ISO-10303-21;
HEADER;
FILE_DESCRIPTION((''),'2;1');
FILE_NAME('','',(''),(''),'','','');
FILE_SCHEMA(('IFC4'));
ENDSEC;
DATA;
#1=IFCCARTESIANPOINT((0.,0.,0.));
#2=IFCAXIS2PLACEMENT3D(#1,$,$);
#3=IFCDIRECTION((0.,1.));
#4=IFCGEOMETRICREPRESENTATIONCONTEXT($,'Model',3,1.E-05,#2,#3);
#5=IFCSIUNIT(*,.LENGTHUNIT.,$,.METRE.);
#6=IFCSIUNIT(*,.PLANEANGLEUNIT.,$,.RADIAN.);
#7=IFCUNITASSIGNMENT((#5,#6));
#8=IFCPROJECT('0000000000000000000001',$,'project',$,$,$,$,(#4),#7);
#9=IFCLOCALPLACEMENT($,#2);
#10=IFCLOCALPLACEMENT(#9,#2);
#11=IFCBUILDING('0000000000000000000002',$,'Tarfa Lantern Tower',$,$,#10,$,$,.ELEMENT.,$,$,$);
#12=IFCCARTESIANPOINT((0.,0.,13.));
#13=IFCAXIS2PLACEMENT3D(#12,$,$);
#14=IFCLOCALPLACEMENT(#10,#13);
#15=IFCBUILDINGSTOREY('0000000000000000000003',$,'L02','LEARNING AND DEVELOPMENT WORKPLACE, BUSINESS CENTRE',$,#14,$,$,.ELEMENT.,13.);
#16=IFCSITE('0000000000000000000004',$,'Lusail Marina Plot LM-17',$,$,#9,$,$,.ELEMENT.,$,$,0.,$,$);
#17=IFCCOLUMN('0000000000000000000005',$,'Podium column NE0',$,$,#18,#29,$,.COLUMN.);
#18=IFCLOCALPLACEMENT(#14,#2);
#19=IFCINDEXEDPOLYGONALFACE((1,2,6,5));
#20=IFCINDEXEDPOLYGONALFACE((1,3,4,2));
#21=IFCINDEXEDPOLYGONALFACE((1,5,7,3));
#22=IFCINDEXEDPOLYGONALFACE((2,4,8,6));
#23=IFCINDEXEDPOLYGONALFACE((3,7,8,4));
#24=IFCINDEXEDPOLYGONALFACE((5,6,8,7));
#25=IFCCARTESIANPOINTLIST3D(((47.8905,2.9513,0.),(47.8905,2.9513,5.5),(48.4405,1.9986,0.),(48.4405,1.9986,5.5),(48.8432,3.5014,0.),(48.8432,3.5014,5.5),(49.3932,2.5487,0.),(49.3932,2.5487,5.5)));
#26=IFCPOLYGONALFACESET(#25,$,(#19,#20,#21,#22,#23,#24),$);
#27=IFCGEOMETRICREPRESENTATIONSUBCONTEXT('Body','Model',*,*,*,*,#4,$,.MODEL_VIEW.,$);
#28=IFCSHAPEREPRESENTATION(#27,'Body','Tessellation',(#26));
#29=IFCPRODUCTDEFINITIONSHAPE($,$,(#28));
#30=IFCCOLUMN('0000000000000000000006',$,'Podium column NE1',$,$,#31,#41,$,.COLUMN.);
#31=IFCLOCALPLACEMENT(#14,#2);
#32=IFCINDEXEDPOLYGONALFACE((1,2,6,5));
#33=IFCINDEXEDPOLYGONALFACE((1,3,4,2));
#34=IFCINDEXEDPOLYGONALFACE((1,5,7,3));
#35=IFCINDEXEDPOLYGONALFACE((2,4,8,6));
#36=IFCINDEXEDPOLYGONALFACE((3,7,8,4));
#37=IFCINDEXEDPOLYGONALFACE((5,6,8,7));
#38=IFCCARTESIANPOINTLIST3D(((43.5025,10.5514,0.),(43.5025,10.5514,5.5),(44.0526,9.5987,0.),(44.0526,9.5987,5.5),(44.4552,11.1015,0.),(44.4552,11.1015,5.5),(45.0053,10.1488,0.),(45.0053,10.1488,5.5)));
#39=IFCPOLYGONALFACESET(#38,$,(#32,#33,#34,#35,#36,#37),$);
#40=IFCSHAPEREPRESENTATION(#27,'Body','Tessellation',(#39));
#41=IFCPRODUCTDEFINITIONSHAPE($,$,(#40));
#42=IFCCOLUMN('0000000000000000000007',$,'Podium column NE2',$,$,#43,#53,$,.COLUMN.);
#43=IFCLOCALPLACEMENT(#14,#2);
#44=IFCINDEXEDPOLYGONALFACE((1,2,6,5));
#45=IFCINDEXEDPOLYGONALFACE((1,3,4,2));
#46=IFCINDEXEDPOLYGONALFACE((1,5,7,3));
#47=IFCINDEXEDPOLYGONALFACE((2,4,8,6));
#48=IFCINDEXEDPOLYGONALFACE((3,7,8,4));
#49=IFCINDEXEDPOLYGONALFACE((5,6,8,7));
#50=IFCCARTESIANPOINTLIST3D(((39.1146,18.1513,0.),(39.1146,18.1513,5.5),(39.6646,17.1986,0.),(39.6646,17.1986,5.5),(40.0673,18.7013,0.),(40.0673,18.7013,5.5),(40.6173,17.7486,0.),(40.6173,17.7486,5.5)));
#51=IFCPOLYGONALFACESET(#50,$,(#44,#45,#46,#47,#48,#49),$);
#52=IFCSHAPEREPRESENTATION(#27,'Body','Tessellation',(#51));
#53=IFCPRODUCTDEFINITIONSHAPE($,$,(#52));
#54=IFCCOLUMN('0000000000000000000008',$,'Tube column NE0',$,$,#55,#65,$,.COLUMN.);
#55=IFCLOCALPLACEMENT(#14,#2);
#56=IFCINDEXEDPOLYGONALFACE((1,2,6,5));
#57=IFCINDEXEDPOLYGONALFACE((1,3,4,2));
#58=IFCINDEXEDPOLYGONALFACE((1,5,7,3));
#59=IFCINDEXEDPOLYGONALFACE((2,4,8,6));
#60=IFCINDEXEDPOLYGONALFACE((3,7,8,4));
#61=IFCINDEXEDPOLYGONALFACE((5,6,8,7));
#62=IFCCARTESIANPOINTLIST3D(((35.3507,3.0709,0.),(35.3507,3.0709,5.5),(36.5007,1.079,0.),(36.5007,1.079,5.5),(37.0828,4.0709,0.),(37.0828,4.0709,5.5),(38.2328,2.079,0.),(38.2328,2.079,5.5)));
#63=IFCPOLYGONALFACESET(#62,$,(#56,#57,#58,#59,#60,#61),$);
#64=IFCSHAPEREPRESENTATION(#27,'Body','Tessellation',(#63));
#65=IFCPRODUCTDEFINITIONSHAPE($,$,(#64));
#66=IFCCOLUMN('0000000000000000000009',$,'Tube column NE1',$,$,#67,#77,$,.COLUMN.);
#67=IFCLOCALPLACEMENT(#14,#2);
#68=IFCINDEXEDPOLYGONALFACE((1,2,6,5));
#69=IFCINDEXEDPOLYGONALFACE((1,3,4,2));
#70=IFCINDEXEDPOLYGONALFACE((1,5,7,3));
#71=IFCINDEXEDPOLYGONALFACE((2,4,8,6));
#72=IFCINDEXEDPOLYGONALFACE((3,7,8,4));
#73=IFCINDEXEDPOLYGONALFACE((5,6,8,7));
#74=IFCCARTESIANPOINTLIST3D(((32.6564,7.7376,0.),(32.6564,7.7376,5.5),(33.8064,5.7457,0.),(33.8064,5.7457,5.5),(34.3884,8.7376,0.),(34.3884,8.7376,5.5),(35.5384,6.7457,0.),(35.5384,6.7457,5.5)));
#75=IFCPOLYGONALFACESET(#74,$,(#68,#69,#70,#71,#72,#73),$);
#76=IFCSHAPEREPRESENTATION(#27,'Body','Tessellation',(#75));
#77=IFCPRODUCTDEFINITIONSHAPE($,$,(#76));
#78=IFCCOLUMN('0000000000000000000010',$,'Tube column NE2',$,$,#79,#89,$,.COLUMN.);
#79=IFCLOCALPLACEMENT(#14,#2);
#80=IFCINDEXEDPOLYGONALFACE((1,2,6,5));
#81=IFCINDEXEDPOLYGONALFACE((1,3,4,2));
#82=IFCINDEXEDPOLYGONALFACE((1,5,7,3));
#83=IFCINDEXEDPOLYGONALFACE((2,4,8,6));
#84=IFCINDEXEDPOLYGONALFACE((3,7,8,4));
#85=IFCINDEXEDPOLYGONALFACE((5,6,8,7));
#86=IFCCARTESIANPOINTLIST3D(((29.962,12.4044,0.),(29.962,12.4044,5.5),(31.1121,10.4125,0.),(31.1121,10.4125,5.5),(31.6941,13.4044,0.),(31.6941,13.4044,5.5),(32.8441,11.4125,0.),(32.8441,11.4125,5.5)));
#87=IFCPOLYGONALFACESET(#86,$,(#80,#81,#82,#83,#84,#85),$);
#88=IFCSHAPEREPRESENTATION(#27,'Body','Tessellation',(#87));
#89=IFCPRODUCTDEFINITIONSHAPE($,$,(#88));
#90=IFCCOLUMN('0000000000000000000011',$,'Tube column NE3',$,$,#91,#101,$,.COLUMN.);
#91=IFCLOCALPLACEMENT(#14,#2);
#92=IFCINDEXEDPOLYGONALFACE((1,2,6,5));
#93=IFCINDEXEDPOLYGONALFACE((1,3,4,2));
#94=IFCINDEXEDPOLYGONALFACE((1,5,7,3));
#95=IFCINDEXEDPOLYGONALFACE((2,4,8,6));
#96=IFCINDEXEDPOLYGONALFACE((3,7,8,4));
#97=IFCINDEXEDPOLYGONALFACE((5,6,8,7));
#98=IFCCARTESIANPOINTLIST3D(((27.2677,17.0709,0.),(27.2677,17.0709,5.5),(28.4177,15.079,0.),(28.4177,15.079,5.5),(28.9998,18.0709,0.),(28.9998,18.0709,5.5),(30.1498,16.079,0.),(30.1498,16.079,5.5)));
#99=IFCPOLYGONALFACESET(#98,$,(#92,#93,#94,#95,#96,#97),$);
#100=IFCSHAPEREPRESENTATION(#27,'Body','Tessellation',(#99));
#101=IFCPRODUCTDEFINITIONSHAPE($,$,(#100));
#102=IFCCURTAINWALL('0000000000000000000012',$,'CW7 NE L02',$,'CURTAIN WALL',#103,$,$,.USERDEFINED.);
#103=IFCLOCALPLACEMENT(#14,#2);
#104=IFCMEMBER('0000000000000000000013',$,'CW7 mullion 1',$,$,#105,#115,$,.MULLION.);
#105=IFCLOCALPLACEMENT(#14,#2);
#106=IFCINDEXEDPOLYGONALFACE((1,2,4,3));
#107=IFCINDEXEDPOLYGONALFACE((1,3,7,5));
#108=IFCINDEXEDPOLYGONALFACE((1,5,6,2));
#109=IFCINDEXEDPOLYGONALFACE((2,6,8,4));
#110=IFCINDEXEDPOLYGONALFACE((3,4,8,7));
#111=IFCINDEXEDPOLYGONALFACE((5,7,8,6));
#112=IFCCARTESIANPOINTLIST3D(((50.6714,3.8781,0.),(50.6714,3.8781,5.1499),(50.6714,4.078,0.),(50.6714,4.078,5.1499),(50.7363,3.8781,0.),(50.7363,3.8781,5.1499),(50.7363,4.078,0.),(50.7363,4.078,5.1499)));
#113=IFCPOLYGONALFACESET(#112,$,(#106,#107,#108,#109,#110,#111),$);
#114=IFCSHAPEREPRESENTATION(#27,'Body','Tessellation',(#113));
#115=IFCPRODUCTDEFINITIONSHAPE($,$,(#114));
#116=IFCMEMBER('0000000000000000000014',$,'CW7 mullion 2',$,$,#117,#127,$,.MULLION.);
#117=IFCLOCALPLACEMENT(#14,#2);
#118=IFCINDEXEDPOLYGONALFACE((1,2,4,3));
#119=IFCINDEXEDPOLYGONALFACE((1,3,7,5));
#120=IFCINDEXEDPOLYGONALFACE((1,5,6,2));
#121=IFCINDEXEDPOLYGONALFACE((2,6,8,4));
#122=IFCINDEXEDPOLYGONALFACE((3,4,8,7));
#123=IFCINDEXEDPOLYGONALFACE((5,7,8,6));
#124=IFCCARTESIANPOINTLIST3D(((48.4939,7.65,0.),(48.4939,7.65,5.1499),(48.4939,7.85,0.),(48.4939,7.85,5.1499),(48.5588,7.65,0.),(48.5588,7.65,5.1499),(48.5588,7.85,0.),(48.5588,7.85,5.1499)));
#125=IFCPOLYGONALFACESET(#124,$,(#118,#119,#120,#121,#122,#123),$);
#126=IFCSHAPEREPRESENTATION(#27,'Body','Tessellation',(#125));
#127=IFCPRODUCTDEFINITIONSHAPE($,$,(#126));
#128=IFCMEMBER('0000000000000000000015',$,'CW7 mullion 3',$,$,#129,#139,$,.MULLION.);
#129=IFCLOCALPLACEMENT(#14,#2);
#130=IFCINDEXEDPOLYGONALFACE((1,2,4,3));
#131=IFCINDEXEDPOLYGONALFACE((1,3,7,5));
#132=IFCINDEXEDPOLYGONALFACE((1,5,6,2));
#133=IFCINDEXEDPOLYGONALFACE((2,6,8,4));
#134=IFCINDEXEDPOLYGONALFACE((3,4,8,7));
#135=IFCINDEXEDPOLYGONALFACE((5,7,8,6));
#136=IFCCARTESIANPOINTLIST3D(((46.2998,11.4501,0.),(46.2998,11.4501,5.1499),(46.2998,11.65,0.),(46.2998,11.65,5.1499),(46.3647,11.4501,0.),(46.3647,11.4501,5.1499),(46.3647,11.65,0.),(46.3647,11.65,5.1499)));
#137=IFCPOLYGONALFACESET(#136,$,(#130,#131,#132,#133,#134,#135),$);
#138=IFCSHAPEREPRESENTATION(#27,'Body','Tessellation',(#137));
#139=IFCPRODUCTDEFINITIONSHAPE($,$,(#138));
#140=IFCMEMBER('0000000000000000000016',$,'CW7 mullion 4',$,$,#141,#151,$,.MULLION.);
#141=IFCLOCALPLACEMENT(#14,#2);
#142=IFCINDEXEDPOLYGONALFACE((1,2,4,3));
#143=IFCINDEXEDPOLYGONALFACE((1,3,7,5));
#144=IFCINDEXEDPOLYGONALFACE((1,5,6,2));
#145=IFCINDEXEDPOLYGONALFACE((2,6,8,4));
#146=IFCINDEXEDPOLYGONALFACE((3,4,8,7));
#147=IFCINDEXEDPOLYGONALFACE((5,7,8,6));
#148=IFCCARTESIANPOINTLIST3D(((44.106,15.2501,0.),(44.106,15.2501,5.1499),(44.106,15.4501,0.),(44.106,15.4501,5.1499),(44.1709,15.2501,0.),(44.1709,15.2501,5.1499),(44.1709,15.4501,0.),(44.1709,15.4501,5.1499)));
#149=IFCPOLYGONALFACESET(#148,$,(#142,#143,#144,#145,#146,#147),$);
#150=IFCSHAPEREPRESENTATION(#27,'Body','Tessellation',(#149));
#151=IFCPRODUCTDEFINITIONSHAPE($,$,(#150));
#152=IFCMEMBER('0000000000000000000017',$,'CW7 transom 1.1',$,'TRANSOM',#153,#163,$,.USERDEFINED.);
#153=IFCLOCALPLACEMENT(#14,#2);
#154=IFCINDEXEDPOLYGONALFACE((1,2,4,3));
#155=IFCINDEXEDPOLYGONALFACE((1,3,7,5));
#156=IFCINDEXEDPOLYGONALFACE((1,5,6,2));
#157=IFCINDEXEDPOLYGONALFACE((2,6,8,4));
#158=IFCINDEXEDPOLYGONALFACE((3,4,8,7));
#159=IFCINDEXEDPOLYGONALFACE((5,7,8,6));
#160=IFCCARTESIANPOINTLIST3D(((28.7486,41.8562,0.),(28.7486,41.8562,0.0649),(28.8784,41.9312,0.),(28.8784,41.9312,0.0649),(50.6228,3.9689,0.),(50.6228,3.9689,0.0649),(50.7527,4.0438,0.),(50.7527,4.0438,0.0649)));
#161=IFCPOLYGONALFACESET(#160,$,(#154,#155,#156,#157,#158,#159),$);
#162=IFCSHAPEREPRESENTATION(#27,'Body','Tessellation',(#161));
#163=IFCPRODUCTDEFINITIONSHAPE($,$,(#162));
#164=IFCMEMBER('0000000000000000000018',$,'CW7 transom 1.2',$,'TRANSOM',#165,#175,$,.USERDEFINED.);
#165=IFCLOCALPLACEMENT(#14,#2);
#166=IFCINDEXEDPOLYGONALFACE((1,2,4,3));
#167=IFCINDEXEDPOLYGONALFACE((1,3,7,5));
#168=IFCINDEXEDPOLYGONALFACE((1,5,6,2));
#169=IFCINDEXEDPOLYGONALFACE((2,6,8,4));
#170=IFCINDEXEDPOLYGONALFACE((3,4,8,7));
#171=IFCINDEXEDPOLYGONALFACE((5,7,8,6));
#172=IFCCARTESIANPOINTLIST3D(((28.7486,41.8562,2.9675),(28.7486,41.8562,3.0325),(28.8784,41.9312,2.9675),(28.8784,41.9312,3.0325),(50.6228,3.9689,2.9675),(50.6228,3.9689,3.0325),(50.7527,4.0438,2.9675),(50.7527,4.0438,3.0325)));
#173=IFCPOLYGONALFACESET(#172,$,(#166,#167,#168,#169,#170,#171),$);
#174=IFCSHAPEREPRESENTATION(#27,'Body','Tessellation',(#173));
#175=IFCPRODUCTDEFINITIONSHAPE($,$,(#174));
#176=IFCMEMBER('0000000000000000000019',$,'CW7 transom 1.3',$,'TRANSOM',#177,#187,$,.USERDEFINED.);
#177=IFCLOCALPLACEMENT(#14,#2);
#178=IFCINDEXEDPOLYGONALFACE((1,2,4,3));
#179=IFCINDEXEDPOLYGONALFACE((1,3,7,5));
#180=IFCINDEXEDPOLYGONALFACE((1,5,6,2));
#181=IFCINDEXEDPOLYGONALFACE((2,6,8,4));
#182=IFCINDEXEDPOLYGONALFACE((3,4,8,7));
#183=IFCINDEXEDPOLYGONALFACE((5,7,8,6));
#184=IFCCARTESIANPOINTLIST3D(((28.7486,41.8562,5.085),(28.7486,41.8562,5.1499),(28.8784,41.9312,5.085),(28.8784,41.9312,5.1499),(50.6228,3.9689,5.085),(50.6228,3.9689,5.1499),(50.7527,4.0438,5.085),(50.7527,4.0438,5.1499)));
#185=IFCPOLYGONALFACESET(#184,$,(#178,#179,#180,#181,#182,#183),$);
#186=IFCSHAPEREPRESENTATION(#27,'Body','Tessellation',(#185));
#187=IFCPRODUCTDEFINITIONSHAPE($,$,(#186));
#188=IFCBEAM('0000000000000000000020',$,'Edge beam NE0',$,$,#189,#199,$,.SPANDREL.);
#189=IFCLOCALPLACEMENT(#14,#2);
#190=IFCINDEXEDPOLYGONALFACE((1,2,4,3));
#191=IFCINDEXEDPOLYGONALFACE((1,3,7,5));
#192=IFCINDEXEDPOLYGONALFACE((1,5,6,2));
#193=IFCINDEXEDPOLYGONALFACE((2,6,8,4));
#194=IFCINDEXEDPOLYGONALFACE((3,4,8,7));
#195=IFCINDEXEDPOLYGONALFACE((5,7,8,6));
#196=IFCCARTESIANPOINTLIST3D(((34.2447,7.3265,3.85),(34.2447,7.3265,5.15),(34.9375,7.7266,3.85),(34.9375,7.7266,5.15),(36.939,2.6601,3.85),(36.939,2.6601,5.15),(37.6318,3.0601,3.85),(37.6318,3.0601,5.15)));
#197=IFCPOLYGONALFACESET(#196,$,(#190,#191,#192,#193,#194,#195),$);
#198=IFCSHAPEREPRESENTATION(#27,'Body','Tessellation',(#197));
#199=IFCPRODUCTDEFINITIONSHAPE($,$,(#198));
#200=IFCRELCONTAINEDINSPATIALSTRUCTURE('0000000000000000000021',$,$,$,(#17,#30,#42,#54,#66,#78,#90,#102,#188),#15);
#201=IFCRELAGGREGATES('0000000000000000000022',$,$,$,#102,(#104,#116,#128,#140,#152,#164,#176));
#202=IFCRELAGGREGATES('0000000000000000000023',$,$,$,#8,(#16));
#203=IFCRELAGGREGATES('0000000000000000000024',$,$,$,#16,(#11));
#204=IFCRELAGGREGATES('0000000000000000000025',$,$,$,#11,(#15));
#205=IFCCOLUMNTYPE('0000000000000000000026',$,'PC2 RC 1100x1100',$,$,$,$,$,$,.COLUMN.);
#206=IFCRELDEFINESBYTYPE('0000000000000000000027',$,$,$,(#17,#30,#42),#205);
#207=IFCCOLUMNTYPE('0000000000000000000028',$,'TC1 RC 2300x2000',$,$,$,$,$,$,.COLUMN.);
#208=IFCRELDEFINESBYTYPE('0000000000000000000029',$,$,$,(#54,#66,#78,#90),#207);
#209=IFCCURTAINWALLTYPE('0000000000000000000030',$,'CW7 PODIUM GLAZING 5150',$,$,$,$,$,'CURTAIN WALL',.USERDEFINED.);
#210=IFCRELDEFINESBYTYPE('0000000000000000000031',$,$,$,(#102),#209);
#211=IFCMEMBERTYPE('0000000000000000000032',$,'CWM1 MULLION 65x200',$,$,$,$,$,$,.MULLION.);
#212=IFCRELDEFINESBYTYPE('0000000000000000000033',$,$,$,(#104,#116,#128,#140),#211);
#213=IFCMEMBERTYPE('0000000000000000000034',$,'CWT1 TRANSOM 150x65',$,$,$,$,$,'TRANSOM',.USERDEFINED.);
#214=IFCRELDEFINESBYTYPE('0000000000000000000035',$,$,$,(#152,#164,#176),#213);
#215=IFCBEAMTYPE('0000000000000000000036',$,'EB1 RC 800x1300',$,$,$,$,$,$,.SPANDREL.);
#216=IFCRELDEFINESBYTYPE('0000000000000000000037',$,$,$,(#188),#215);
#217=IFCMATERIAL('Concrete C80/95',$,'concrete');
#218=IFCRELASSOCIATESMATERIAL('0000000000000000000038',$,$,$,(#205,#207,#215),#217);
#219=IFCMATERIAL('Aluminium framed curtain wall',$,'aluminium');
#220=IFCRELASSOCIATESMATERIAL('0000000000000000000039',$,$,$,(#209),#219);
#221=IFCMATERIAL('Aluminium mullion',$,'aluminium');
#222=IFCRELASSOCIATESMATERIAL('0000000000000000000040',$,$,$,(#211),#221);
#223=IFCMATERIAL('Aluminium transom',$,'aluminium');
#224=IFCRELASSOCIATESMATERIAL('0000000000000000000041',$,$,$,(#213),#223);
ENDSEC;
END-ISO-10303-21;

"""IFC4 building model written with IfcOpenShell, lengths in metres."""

from ifc_helpers import new_model, si_unit, direction, frame, origin, origin_2d, place, context, subcontext, project, spatial, rectangle, extrude, material, material_profile, profile_set, type_object, element, aggregate, save


model = new_model("IFC4")

# Units and contexts
model_context = context("Model", 3, precision=1e-05, world=origin(), true_north=direction((0.0, 1.0)))
body_context = subcontext(model_context, "Body", "Model", "MODEL_VIEW")
ifc_project = project(units=[si_unit("LENGTHUNIT", "METRE"), si_unit("PLANEANGLEUNIT", "RADIAN")], contexts=[model_context])

# Site, building, storey
site_placement = place(None, origin())
site = spatial("IfcSite", under=ifc_project, at=site_placement, Name="Lusail Marina Plot LM-17", CompositionType="ELEMENT", RefElevation=0.0)
building_placement = place(site_placement, origin())
building = spatial("IfcBuilding", under=site, at=building_placement, Name="Tarfa Lantern Tower", CompositionType="ELEMENT")
storey_placement = place(building_placement, frame((0.0, 0.0, 13.0)))
storey = spatial("IfcBuildingStorey", under=building, at=storey_placement, Name="L02", Description="LEARNING AND DEVELOPMENT WORKPLACE, BUSINESS CENTRE", CompositionType="ELEMENT", Elevation=13.0)

# Columns
ifc_material_1 = material(Name="Concrete C80/95", Category="concrete")
ifc_material_profile_1 = material_profile(ifc_material_1, rectangle(XDim=1.1001, YDim=1.1001, at=origin_2d()), Name="RC 1100x1100")
ifc_profile_set_1 = profile_set([ifc_material_profile_1], Name="Concrete C80/95")
column_type_1 = type_object("IfcColumnType", Name="PC2 RC 1100x1100", PredefinedType="COLUMN", material=ifc_profile_set_1)
for number, where, z_axis, x_axis, name in (
    (1, (48.6418, 2.75, 0.0), (0.0, 0.0, 1.0), (-0.5, 0.866025, 0.0), "Podium column NE0"),
    (2, (44.2539, 10.3501, 0.0), (0.0, 0.0, 1.0), (-0.5, 0.866025, 0.0), "Podium column NE1"),
    (3, (39.866, 17.95, 0.0), (0.0, 0.0, 1.0), (-0.5, 0.866025, 0.0), "Podium column NE2"),
):
    element("IfcColumn", number, at=place(storey_placement, frame(where, z_axis=z_axis, x_axis=x_axis)), inside=storey, type_object=column_type_1, Name=name, PredefinedType="COLUMN", context=body_context, shape_type="SweptSolid", body=[
        extrude(rectangle(XDim=1.1001, YDim=1.1001, at=origin_2d()), origin(), (0.0, 0.0, 1.0), 5.5),
    ])
ifc_material_profile_2 = material_profile(ifc_material_1, rectangle(XDim=2.3, YDim=2.0, at=origin_2d()), Name="RC 2300x2000")
ifc_profile_set_2 = profile_set([ifc_material_profile_2], Name="Concrete C80/95")
column_type_2 = type_object("IfcColumnType", Name="TC1 RC 2300x2000", PredefinedType="COLUMN", material=ifc_profile_set_2)
for number, where, z_axis, x_axis, name in (
    (4, (36.7917, 2.575, 0.0), (0.0, 0.0, 1.0), (-0.5, 0.866025, 0.0), "Tube column NE0"),
    (5, (34.0974, 7.2417, 0.0), (0.0, 0.0, 1.0), (-0.5, 0.866025, 0.0), "Tube column NE1"),
    (6, (31.4031, 11.9084, 0.0), (0.0, 0.0, 1.0), (-0.5, 0.866025, 0.0), "Tube column NE2"),
    (7, (28.7087, 16.575, 0.0), (0.0, 0.0, 1.0), (-0.5, 0.866025, 0.0), "Tube column NE3"),
):
    element("IfcColumn", number, at=place(storey_placement, frame(where, z_axis=z_axis, x_axis=x_axis)), inside=storey, type_object=column_type_2, Name=name, PredefinedType="COLUMN", context=body_context, shape_type="SweptSolid", body=[
        extrude(rectangle(XDim=2.3, YDim=2.0, at=origin_2d()), origin(), (0.0, 0.0, 1.0), 5.5),
    ])

# Curtain wall, members
ifc_material_2 = material(Name="Aluminium framed curtain wall", Category="aluminium")
curtain_wall_type = type_object("IfcCurtainWallType", Name="CW7 PODIUM GLAZING 5150", ElementType="CURTAIN WALL", PredefinedType="USERDEFINED", material=ifc_material_2)
curtain_wall_placement = place(storey_placement, origin())
curtain_wall = element("IfcCurtainWall", 8, at=curtain_wall_placement, inside=storey, type_object=curtain_wall_type, Name="CW7 NE L02", ObjectType="CURTAIN WALL", PredefinedType="USERDEFINED")
ifc_material_3 = material(Name="Aluminium mullion", Category="aluminium")
ifc_material_profile_3 = material_profile(ifc_material_3, rectangle(XDim=0.0649, YDim=0.2, at=origin_2d()), Name="AL MULLION 65x200")
ifc_profile_set_3 = profile_set([ifc_material_profile_3], Name="Aluminium mullion")
member_type_1 = type_object("IfcMemberType", Name="CWM1 MULLION 65x200", PredefinedType="MULLION", material=ifc_profile_set_3)
member_1_placement = place(storey_placement, frame((50.7039, 3.978, 0.0), z_axis=(0.0, 0.0, 1.0), x_axis=(1.0, 0.0, 0.0)))
member_1 = element("IfcMember", 9, at=member_1_placement, type_object=member_type_1, Name="CW7 mullion 1", PredefinedType="MULLION", context=body_context, shape_type="SweptSolid", body=[
    extrude(rectangle(XDim=0.0649, YDim=0.2, at=origin_2d()), origin(), (0.0, 0.0, 1.0), 5.1499),
])
member_2_placement = place(storey_placement, frame((48.5264, 7.75, 0.0), z_axis=(0.0, 0.0, 1.0), x_axis=(1.0, 0.0, 0.0)))
member_2 = element("IfcMember", 10, at=member_2_placement, type_object=member_type_1, Name="CW7 mullion 2", PredefinedType="MULLION", context=body_context, shape_type="SweptSolid", body=[
    extrude(rectangle(XDim=0.0649, YDim=0.2, at=origin_2d()), origin(), (0.0, 0.0, 1.0), 5.1499),
])
member_3_placement = place(storey_placement, frame((46.3323, 11.55, 0.0), z_axis=(0.0, 0.0, 1.0), x_axis=(1.0, 0.0, 0.0)))
member_3 = element("IfcMember", 11, at=member_3_placement, type_object=member_type_1, Name="CW7 mullion 3", PredefinedType="MULLION", context=body_context, shape_type="SweptSolid", body=[
    extrude(rectangle(XDim=0.0649, YDim=0.2, at=origin_2d()), origin(), (0.0, 0.0, 1.0), 5.1499),
])
member_4_placement = place(storey_placement, frame((44.1384, 15.3501, 0.0), z_axis=(0.0, 0.0, 1.0), x_axis=(1.0, 0.0, 0.0)))
member_4 = element("IfcMember", 12, at=member_4_placement, type_object=member_type_1, Name="CW7 mullion 4", PredefinedType="MULLION", context=body_context, shape_type="SweptSolid", body=[
    extrude(rectangle(XDim=0.0649, YDim=0.2, at=origin_2d()), origin(), (0.0, 0.0, 1.0), 5.1499),
])
ifc_material_4 = material(Name="Aluminium transom", Category="aluminium")
ifc_material_profile_4 = material_profile(ifc_material_4, rectangle(XDim=0.1499, YDim=0.0649, at=origin_2d()), Name="AL TRANSOM 150x65")
ifc_profile_set_4 = profile_set([ifc_material_profile_4], Name="Aluminium transom")
member_type_2 = type_object("IfcMemberType", Name="CWT1 TRANSOM 150x65", ElementType="TRANSOM", PredefinedType="USERDEFINED", material=ifc_profile_set_4)
member_5_placement = place(storey_placement, frame((50.6877, 4.0063, 0.0325), z_axis=(-0.499999, 0.866026, 0.0), x_axis=(-0.866026, -0.499999, 0.0)))
member_5 = element("IfcMember", 13, at=member_5_placement, type_object=member_type_2, Name="CW7 transom 1.1", ObjectType="TRANSOM", PredefinedType="USERDEFINED", context=body_context, shape_type="SweptSolid", body=[
    extrude(rectangle(XDim=0.1499, YDim=0.0649, at=origin_2d()), origin(), (0.0, 0.0, 1.0), 43.7485),
])
member_6_placement = place(storey_placement, frame((50.6877, 4.0063, 3.0), z_axis=(-0.499999, 0.866026, 0.0), x_axis=(-0.866026, -0.499999, 0.0)))
member_6 = element("IfcMember", 14, at=member_6_placement, type_object=member_type_2, Name="CW7 transom 1.2", ObjectType="TRANSOM", PredefinedType="USERDEFINED", context=body_context, shape_type="SweptSolid", body=[
    extrude(rectangle(XDim=0.1499, YDim=0.0649, at=origin_2d()), origin(), (0.0, 0.0, 1.0), 43.7485),
])
member_7_placement = place(storey_placement, frame((50.6877, 4.0063, 5.1174), z_axis=(-0.499999, 0.866026, 0.0), x_axis=(-0.866026, -0.499999, 0.0)))
member_7 = element("IfcMember", 15, at=member_7_placement, type_object=member_type_2, Name="CW7 transom 1.3", ObjectType="TRANSOM", PredefinedType="USERDEFINED", context=body_context, shape_type="SweptSolid", body=[
    extrude(rectangle(XDim=0.1499, YDim=0.0649, at=origin_2d()), origin(), (0.0, 0.0, 1.0), 43.7485),
])

# Beam
ifc_material_profile_5 = material_profile(ifc_material_1, rectangle(XDim=0.8, YDim=1.3, at=origin_2d()), Name="RC 800x1300")
ifc_profile_set_5 = profile_set([ifc_material_profile_5], Name="Concrete C80/95")
beam_type_1 = type_object("IfcBeamType", Name="EB1 RC 800x1300", PredefinedType="SPANDREL", material=ifc_profile_set_5)
beam_1_placement = place(storey_placement, frame((37.2854, 2.8601, 4.5), z_axis=(-0.500018, 0.866015, 0.0), x_axis=(-0.866015, -0.500018, 0.0)))
element("IfcBeam", 16, at=beam_1_placement, inside=storey, type_object=beam_type_1, Name="Edge beam NE0", PredefinedType="SPANDREL", context=body_context, shape_type="SweptSolid", body=[
    extrude(rectangle(XDim=0.8, YDim=1.3, at=origin_2d()), origin(), (0.0, 0.0, 1.0), 5.3884),
])

aggregate(curtain_wall, [member_1, member_2, member_3, member_4, member_5, member_6, member_7])

save(model, "model.ifc")
